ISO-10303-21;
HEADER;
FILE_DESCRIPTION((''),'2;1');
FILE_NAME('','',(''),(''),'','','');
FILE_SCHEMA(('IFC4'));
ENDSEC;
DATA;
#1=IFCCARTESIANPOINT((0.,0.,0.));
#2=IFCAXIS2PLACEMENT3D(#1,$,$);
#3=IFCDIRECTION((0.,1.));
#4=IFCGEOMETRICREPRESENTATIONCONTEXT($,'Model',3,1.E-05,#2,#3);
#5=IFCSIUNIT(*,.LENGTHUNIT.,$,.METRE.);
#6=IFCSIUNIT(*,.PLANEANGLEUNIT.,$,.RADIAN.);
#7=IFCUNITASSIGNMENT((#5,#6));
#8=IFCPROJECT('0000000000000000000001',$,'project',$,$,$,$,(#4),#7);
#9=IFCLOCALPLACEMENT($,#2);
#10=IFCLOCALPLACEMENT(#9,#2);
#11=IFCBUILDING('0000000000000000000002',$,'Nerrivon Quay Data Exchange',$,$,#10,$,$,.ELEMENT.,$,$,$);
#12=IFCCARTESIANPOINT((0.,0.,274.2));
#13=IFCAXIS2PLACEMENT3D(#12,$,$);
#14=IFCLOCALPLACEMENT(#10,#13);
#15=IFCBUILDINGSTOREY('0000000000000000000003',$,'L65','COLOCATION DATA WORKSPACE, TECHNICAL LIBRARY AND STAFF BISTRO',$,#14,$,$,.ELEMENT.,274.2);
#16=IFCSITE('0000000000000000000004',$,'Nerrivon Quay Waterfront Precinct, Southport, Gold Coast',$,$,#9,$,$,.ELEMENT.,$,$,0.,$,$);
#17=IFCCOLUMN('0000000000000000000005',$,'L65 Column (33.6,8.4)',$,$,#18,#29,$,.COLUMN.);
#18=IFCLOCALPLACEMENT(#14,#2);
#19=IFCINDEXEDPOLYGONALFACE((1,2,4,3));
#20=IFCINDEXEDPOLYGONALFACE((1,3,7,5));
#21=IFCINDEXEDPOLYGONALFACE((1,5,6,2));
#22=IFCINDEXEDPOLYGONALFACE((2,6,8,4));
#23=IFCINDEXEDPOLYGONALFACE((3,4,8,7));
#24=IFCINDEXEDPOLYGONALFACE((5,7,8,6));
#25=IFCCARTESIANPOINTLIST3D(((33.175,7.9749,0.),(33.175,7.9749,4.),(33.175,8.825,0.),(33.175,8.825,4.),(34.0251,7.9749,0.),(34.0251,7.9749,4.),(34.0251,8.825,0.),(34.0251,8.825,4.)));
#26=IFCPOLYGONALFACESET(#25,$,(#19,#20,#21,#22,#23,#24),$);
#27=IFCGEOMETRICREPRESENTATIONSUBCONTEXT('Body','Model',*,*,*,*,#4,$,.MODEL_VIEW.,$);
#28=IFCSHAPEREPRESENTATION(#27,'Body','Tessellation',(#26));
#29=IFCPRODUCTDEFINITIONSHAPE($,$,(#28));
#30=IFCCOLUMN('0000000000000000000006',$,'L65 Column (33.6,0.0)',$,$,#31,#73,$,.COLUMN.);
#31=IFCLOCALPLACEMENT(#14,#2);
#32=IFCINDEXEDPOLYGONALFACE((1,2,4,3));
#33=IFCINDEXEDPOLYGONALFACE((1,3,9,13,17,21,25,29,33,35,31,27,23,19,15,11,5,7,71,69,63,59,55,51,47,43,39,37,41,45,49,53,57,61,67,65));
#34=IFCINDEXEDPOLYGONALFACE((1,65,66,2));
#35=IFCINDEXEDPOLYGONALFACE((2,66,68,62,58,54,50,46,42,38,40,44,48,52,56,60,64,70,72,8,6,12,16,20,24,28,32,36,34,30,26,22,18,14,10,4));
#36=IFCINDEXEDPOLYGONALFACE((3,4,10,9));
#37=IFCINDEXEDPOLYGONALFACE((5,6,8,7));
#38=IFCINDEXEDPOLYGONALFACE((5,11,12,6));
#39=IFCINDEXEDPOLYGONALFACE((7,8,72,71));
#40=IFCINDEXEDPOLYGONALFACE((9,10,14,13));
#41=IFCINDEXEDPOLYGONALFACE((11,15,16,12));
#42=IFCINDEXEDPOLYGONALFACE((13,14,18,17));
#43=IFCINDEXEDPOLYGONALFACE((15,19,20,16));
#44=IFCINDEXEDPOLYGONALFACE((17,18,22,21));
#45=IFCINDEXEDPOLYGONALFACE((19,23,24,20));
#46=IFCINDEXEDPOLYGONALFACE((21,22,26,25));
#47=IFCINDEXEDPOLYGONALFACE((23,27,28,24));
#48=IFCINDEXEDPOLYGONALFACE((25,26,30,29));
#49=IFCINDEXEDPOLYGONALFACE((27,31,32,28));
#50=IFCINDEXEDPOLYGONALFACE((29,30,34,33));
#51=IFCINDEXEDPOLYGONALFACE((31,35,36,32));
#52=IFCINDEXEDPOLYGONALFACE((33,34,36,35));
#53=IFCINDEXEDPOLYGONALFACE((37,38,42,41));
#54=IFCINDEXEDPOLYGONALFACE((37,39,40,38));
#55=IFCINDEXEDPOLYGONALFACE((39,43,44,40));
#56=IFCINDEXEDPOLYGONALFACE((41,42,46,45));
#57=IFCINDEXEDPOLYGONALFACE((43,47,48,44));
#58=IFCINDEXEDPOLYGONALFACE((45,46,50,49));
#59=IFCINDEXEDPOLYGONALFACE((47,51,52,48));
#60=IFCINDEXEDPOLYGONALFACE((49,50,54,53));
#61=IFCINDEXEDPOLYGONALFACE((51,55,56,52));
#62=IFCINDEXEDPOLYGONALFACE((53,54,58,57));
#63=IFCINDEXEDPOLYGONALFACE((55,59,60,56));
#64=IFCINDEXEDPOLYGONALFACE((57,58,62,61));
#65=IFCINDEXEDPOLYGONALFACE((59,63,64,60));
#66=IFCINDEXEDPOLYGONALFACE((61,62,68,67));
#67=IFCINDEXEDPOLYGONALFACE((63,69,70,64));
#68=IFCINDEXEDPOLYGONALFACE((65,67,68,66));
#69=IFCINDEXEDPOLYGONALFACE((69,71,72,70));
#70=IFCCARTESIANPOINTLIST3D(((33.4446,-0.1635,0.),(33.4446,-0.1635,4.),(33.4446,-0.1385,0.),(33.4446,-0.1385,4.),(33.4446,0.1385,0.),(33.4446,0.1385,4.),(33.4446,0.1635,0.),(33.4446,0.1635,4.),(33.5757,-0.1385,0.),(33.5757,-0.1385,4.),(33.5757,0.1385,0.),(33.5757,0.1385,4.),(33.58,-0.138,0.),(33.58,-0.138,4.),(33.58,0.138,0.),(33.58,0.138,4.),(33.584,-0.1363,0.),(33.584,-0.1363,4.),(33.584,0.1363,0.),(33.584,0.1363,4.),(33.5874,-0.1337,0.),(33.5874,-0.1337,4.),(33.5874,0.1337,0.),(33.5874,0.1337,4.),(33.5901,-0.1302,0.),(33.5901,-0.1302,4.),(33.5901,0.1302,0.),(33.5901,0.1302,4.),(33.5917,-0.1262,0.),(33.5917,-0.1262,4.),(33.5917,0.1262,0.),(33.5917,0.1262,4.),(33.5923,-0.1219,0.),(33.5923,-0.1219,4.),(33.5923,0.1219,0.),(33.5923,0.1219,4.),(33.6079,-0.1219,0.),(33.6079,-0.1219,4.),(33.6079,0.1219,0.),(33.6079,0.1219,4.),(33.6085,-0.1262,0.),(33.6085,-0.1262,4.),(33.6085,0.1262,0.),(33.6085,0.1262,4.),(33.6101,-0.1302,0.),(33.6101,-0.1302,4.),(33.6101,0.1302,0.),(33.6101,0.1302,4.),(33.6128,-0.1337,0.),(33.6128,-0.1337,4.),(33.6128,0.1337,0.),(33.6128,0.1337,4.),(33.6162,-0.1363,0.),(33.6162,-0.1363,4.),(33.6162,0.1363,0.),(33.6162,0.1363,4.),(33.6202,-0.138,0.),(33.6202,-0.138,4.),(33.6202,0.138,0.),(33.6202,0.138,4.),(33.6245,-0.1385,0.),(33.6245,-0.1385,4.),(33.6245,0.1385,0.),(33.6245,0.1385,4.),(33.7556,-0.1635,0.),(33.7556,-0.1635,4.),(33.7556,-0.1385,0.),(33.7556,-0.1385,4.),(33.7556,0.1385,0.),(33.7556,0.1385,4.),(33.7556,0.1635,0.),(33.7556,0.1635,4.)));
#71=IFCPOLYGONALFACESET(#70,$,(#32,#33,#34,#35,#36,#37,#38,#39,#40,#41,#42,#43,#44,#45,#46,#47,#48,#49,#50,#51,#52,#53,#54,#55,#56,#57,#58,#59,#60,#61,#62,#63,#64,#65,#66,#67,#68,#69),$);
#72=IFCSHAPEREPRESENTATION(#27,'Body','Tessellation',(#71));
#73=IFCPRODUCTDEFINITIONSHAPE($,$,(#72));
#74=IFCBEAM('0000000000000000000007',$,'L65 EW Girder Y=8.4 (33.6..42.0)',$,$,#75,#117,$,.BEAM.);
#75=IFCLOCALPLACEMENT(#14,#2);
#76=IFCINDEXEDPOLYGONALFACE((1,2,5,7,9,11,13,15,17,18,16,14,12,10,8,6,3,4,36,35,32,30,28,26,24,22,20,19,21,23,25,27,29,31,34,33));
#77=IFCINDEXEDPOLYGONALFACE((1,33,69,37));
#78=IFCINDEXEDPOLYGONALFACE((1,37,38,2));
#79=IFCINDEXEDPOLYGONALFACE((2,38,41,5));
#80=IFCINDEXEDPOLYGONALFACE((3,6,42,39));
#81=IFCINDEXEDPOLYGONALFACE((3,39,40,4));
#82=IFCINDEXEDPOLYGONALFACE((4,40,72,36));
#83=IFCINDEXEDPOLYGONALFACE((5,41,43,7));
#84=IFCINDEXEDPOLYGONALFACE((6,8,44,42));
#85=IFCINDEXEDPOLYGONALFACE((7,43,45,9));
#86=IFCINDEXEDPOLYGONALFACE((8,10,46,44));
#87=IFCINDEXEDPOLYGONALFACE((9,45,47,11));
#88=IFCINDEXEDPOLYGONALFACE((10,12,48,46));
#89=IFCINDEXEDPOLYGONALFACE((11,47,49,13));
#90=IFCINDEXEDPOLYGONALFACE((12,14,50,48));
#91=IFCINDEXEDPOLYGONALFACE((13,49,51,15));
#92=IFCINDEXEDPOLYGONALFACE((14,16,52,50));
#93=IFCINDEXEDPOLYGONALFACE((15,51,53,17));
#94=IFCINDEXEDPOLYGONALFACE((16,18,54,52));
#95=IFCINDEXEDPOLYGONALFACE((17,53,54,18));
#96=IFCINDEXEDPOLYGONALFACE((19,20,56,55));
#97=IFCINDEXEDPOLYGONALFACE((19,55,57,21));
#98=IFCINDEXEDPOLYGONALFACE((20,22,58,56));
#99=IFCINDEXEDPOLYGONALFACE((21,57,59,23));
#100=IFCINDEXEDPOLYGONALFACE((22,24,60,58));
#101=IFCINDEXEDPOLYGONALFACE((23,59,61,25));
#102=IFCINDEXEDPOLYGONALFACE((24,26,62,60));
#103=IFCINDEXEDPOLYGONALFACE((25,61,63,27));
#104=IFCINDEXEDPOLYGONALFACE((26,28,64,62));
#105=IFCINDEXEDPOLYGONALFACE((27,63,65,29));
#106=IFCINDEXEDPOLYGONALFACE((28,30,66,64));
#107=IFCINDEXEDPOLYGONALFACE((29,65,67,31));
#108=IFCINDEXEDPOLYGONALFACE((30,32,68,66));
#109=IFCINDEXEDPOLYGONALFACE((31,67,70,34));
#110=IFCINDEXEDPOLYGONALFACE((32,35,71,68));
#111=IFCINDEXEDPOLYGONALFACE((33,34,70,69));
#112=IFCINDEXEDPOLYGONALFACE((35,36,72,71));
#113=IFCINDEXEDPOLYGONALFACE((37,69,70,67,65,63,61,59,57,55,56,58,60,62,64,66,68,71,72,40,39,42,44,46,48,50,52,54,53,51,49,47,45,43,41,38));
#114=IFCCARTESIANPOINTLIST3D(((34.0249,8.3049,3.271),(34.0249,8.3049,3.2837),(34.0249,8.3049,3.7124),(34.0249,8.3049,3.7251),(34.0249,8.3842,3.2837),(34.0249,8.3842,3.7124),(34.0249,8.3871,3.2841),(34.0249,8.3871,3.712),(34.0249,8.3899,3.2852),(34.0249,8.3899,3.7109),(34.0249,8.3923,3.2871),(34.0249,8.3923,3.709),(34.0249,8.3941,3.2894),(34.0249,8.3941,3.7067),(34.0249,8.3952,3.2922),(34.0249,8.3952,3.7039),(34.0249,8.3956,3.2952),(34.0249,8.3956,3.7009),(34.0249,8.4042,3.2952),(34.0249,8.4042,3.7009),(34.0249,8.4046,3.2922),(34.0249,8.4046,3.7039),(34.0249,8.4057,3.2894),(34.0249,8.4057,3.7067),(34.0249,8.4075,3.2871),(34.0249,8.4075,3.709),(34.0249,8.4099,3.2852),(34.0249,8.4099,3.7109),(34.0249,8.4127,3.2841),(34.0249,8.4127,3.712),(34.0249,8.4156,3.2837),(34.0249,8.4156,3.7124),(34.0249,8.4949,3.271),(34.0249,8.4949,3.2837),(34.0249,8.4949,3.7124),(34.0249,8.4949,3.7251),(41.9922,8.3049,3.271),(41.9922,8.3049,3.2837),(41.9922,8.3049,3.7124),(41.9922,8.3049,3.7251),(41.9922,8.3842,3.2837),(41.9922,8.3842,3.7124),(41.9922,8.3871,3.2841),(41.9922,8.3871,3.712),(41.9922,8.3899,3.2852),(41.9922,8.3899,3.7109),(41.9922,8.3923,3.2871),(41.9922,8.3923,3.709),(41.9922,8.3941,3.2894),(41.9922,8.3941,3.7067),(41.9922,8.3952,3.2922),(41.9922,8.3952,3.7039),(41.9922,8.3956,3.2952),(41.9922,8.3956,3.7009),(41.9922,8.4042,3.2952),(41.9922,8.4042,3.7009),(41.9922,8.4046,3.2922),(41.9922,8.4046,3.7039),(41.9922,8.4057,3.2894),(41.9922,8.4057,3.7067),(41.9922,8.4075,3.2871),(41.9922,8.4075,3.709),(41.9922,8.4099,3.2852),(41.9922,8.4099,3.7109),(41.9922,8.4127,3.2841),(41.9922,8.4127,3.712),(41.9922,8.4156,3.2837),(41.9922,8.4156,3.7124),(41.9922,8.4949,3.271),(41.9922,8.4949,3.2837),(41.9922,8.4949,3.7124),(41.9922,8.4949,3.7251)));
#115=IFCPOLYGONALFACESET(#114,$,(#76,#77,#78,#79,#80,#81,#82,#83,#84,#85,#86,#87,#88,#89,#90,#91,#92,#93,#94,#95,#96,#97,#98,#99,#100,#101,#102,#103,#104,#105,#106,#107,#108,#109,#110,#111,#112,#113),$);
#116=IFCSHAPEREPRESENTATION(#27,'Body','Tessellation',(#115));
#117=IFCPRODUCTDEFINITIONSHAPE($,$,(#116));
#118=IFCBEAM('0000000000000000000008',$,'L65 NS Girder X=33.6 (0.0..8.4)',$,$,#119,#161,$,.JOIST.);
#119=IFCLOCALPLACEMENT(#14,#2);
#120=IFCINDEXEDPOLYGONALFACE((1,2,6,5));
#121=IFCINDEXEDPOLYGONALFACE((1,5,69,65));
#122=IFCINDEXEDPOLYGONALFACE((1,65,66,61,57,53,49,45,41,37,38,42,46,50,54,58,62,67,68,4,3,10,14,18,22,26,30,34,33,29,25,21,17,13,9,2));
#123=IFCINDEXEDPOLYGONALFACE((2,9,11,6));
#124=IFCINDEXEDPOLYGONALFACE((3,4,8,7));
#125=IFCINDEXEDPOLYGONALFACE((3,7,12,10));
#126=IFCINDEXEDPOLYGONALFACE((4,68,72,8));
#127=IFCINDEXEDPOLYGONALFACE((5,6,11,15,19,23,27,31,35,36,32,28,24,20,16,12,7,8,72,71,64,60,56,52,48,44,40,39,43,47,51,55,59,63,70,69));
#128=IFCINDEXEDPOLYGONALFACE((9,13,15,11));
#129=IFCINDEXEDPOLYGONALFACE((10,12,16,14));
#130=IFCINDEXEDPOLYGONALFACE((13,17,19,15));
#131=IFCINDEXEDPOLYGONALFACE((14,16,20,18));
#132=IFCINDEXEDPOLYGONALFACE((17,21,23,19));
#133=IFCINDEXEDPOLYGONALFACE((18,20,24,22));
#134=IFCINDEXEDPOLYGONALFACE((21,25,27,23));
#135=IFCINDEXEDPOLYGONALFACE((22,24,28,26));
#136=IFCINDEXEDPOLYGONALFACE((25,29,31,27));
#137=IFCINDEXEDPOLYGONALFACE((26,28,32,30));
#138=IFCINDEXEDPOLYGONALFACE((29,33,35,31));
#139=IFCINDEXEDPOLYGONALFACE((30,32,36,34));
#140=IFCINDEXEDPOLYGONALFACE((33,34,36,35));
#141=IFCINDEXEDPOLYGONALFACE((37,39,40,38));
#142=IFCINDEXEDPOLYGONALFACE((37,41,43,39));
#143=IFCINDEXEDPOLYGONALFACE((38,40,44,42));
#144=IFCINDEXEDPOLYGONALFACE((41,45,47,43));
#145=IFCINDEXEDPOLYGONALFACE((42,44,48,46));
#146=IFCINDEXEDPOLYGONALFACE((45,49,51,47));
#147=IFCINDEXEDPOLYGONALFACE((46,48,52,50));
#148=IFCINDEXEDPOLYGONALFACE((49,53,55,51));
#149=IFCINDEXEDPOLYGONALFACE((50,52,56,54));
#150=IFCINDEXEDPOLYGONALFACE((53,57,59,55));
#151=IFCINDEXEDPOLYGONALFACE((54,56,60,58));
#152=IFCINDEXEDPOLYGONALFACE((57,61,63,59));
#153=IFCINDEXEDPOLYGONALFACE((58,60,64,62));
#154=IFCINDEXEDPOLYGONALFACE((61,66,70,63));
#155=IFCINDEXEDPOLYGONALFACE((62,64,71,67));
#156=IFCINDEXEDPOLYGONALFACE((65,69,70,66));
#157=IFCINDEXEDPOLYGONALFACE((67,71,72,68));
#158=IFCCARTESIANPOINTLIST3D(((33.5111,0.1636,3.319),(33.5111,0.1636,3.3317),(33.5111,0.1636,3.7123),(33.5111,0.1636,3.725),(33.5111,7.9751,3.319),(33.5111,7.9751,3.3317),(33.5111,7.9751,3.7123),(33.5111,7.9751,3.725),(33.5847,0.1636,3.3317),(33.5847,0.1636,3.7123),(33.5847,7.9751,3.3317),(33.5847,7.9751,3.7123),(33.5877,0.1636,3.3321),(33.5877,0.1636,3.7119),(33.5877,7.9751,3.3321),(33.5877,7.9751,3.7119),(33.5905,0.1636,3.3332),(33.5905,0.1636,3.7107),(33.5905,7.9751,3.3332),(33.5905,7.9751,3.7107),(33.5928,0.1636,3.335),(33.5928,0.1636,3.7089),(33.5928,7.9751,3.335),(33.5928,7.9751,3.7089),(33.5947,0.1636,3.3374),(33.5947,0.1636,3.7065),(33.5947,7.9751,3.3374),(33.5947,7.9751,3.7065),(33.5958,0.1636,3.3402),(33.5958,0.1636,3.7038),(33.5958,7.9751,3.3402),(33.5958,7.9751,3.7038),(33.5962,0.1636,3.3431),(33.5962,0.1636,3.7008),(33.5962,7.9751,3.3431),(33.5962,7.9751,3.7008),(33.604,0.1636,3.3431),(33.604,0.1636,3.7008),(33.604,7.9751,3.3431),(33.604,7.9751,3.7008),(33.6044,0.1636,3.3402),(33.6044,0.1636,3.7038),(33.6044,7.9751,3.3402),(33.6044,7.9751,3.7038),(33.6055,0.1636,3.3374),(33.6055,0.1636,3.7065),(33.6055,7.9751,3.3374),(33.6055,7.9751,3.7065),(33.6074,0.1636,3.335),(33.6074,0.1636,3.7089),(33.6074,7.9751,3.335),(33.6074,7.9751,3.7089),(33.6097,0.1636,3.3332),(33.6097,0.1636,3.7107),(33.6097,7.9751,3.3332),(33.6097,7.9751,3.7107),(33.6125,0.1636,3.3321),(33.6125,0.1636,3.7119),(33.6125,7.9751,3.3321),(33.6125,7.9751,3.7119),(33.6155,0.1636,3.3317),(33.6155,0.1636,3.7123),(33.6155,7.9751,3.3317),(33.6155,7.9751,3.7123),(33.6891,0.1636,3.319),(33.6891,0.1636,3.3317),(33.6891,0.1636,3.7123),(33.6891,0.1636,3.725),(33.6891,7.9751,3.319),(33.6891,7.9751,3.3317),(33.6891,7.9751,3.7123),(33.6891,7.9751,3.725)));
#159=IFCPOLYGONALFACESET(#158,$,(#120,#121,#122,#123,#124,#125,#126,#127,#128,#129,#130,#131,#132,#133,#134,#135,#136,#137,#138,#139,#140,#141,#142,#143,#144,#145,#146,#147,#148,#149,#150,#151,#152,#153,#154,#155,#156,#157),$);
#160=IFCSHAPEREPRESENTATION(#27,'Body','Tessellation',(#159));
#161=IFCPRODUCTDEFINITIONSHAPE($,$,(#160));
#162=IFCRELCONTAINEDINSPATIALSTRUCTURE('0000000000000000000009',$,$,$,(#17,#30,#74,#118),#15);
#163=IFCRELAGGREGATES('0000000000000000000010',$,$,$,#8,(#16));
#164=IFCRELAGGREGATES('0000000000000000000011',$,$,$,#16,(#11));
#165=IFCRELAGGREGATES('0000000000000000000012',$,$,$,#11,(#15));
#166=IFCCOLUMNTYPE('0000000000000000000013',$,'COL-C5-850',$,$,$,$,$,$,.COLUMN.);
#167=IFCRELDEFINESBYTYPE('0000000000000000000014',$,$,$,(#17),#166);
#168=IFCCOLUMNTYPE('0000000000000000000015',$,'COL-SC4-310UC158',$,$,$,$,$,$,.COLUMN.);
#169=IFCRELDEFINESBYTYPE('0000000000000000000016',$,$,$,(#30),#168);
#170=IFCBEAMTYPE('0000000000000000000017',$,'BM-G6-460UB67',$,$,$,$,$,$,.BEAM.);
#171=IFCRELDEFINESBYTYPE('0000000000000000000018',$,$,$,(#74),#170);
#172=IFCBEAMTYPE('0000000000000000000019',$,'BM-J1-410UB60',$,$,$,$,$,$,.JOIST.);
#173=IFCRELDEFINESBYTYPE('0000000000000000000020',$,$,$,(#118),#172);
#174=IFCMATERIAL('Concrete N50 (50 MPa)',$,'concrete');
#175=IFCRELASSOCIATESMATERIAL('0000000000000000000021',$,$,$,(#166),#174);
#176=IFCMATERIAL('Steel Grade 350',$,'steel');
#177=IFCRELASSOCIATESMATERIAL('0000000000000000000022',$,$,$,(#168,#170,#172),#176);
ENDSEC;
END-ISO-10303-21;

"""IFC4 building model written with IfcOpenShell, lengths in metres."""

from ifc_helpers import new_model, si_unit, direction, frame, origin, origin_2d, place, context, subcontext, project, spatial, rectangle, i_section, extrude, material, material_profile, profile_set, type_object, element, save


model = new_model("IFC4")

# Units and contexts
model_context = context("Model", 3, precision=1e-05, world=origin(), true_north=direction((0.0, 1.0)))
body_context = subcontext(model_context, "Body", "Model", "MODEL_VIEW")
ifc_project = project(units=[si_unit("LENGTHUNIT", "METRE"), si_unit("PLANEANGLEUNIT", "RADIAN")], contexts=[model_context])

# Site, building, storey
site_placement = place(None, origin())
site = spatial("IfcSite", under=ifc_project, at=site_placement, Name="Nerrivon Quay Waterfront Precinct, Southport, Gold Coast", CompositionType="ELEMENT", RefElevation=0.0)
building_placement = place(site_placement, origin())
building = spatial("IfcBuilding", under=site, at=building_placement, Name="Nerrivon Quay Data Exchange", CompositionType="ELEMENT")
storey_placement = place(building_placement, frame((0.0, 0.0, 274.2)))
storey = spatial("IfcBuildingStorey", under=building, at=storey_placement, Name="L65", Description="COLOCATION DATA WORKSPACE, TECHNICAL LIBRARY AND STAFF BISTRO", CompositionType="ELEMENT", Elevation=274.2)

# Columns
ifc_material_1 = material(Name="Concrete N50 (50 MPa)", Category="concrete")
ifc_material_profile_1 = material_profile(ifc_material_1, rectangle(XDim=0.8501, YDim=0.8501, at=origin_2d()), Name="RC-COL-850x850")
ifc_profile_set_1 = profile_set([ifc_material_profile_1], Name="Concrete N50 (50 MPa)")
column_type_1 = type_object("IfcColumnType", Name="COL-C5-850", PredefinedType="COLUMN", material=ifc_profile_set_1)
column_1_placement = place(storey_placement, frame((33.6001, 8.3999, 0.0), z_axis=(0.0, 0.0, 1.0), x_axis=(1.0, 0.0, 0.0)))
element("IfcColumn", 1, at=column_1_placement, inside=storey, type_object=column_type_1, Name="L65 Column (33.6,8.4)", PredefinedType="COLUMN", context=body_context, shape_type="SweptSolid", body=[
    extrude(rectangle(XDim=0.8501, YDim=0.8501, at=origin_2d()), origin(), (0.0, 0.0, 1.0), 4.0),
])
ifc_material_2 = material(Name="Steel Grade 350", Category="steel")
ifc_material_profile_2 = material_profile(ifc_material_2, i_section(OverallWidth=0.311, OverallDepth=0.3269, WebThickness=0.0156, FlangeThickness=0.0249, FilletRadius=0.0166, at=origin_2d()), Name="310UC158")
ifc_profile_set_2 = profile_set([ifc_material_profile_2], Name="Steel Grade 350")
column_type_2 = type_object("IfcColumnType", Name="COL-SC4-310UC158", PredefinedType="COLUMN", material=ifc_profile_set_2)
column_2_placement = place(storey_placement, frame((33.6001, 0.0, 0.0), z_axis=(0.0, 0.0, 1.0), x_axis=(1.0, 0.0, 0.0)))
element("IfcColumn", 2, at=column_2_placement, inside=storey, type_object=column_type_2, Name="L65 Column (33.6,0.0)", PredefinedType="COLUMN", context=body_context, shape_type="SweptSolid", body=[
    extrude(i_section(OverallWidth=0.311, OverallDepth=0.3269, WebThickness=0.0156, FlangeThickness=0.0249, FilletRadius=0.0166, at=origin_2d()), origin(), (0.0, 0.0, 1.0), 4.0),
])

# Beams
ifc_material_profile_3 = material_profile(ifc_material_2, i_section(OverallWidth=0.1899, OverallDepth=0.4541, WebThickness=0.0085, FlangeThickness=0.0127, FilletRadius=0.0115, at=origin_2d()), Name="460UB67.1")
ifc_profile_set_3 = profile_set([ifc_material_profile_3], Name="Steel Grade 350")
beam_type_1 = type_object("IfcBeamType", Name="BM-G6-460UB67", PredefinedType="BEAM", material=ifc_profile_set_3)
beam_1_placement = place(storey_placement, frame((34.0249, 8.3999, 3.498), z_axis=(1.0, 0.0, 0.0), x_axis=(0.0, 1.0, 0.0)))
element("IfcBeam", 3, at=beam_1_placement, inside=storey, type_object=beam_type_1, Name="L65 EW Girder Y=8.4 (33.6..42.0)", PredefinedType="BEAM", context=body_context, shape_type="SweptSolid", body=[
    extrude(i_section(OverallWidth=0.1899, OverallDepth=0.4541, WebThickness=0.0085, FlangeThickness=0.0127, FilletRadius=0.0115, at=origin_2d()), origin(), (0.0, 0.0, 1.0), 7.9673),
])
ifc_material_profile_4 = material_profile(ifc_material_2, i_section(OverallWidth=0.178, OverallDepth=0.406, WebThickness=0.0078, FlangeThickness=0.0127, FilletRadius=0.0115, at=origin_2d()), Name="410UB59.7")
ifc_profile_set_4 = profile_set([ifc_material_profile_4], Name="Steel Grade 350")
beam_type_2 = type_object("IfcBeamType", Name="BM-J1-410UB60", PredefinedType="JOIST", material=ifc_profile_set_4)
beam_2_placement = place(storey_placement, frame((33.6001, 0.1636, 3.522), z_axis=(0.0, 1.0, 0.0), x_axis=(-1.0, 0.0, 0.0)))
element("IfcBeam", 4, at=beam_2_placement, inside=storey, type_object=beam_type_2, Name="L65 NS Girder X=33.6 (0.0..8.4)", PredefinedType="JOIST", context=body_context, shape_type="SweptSolid", body=[
    extrude(i_section(OverallWidth=0.178, OverallDepth=0.406, WebThickness=0.0078, FlangeThickness=0.0127, FilletRadius=0.0115, at=origin_2d()), origin(), (0.0, 0.0, 1.0), 7.8115),
])

save(model, "model.ifc")
